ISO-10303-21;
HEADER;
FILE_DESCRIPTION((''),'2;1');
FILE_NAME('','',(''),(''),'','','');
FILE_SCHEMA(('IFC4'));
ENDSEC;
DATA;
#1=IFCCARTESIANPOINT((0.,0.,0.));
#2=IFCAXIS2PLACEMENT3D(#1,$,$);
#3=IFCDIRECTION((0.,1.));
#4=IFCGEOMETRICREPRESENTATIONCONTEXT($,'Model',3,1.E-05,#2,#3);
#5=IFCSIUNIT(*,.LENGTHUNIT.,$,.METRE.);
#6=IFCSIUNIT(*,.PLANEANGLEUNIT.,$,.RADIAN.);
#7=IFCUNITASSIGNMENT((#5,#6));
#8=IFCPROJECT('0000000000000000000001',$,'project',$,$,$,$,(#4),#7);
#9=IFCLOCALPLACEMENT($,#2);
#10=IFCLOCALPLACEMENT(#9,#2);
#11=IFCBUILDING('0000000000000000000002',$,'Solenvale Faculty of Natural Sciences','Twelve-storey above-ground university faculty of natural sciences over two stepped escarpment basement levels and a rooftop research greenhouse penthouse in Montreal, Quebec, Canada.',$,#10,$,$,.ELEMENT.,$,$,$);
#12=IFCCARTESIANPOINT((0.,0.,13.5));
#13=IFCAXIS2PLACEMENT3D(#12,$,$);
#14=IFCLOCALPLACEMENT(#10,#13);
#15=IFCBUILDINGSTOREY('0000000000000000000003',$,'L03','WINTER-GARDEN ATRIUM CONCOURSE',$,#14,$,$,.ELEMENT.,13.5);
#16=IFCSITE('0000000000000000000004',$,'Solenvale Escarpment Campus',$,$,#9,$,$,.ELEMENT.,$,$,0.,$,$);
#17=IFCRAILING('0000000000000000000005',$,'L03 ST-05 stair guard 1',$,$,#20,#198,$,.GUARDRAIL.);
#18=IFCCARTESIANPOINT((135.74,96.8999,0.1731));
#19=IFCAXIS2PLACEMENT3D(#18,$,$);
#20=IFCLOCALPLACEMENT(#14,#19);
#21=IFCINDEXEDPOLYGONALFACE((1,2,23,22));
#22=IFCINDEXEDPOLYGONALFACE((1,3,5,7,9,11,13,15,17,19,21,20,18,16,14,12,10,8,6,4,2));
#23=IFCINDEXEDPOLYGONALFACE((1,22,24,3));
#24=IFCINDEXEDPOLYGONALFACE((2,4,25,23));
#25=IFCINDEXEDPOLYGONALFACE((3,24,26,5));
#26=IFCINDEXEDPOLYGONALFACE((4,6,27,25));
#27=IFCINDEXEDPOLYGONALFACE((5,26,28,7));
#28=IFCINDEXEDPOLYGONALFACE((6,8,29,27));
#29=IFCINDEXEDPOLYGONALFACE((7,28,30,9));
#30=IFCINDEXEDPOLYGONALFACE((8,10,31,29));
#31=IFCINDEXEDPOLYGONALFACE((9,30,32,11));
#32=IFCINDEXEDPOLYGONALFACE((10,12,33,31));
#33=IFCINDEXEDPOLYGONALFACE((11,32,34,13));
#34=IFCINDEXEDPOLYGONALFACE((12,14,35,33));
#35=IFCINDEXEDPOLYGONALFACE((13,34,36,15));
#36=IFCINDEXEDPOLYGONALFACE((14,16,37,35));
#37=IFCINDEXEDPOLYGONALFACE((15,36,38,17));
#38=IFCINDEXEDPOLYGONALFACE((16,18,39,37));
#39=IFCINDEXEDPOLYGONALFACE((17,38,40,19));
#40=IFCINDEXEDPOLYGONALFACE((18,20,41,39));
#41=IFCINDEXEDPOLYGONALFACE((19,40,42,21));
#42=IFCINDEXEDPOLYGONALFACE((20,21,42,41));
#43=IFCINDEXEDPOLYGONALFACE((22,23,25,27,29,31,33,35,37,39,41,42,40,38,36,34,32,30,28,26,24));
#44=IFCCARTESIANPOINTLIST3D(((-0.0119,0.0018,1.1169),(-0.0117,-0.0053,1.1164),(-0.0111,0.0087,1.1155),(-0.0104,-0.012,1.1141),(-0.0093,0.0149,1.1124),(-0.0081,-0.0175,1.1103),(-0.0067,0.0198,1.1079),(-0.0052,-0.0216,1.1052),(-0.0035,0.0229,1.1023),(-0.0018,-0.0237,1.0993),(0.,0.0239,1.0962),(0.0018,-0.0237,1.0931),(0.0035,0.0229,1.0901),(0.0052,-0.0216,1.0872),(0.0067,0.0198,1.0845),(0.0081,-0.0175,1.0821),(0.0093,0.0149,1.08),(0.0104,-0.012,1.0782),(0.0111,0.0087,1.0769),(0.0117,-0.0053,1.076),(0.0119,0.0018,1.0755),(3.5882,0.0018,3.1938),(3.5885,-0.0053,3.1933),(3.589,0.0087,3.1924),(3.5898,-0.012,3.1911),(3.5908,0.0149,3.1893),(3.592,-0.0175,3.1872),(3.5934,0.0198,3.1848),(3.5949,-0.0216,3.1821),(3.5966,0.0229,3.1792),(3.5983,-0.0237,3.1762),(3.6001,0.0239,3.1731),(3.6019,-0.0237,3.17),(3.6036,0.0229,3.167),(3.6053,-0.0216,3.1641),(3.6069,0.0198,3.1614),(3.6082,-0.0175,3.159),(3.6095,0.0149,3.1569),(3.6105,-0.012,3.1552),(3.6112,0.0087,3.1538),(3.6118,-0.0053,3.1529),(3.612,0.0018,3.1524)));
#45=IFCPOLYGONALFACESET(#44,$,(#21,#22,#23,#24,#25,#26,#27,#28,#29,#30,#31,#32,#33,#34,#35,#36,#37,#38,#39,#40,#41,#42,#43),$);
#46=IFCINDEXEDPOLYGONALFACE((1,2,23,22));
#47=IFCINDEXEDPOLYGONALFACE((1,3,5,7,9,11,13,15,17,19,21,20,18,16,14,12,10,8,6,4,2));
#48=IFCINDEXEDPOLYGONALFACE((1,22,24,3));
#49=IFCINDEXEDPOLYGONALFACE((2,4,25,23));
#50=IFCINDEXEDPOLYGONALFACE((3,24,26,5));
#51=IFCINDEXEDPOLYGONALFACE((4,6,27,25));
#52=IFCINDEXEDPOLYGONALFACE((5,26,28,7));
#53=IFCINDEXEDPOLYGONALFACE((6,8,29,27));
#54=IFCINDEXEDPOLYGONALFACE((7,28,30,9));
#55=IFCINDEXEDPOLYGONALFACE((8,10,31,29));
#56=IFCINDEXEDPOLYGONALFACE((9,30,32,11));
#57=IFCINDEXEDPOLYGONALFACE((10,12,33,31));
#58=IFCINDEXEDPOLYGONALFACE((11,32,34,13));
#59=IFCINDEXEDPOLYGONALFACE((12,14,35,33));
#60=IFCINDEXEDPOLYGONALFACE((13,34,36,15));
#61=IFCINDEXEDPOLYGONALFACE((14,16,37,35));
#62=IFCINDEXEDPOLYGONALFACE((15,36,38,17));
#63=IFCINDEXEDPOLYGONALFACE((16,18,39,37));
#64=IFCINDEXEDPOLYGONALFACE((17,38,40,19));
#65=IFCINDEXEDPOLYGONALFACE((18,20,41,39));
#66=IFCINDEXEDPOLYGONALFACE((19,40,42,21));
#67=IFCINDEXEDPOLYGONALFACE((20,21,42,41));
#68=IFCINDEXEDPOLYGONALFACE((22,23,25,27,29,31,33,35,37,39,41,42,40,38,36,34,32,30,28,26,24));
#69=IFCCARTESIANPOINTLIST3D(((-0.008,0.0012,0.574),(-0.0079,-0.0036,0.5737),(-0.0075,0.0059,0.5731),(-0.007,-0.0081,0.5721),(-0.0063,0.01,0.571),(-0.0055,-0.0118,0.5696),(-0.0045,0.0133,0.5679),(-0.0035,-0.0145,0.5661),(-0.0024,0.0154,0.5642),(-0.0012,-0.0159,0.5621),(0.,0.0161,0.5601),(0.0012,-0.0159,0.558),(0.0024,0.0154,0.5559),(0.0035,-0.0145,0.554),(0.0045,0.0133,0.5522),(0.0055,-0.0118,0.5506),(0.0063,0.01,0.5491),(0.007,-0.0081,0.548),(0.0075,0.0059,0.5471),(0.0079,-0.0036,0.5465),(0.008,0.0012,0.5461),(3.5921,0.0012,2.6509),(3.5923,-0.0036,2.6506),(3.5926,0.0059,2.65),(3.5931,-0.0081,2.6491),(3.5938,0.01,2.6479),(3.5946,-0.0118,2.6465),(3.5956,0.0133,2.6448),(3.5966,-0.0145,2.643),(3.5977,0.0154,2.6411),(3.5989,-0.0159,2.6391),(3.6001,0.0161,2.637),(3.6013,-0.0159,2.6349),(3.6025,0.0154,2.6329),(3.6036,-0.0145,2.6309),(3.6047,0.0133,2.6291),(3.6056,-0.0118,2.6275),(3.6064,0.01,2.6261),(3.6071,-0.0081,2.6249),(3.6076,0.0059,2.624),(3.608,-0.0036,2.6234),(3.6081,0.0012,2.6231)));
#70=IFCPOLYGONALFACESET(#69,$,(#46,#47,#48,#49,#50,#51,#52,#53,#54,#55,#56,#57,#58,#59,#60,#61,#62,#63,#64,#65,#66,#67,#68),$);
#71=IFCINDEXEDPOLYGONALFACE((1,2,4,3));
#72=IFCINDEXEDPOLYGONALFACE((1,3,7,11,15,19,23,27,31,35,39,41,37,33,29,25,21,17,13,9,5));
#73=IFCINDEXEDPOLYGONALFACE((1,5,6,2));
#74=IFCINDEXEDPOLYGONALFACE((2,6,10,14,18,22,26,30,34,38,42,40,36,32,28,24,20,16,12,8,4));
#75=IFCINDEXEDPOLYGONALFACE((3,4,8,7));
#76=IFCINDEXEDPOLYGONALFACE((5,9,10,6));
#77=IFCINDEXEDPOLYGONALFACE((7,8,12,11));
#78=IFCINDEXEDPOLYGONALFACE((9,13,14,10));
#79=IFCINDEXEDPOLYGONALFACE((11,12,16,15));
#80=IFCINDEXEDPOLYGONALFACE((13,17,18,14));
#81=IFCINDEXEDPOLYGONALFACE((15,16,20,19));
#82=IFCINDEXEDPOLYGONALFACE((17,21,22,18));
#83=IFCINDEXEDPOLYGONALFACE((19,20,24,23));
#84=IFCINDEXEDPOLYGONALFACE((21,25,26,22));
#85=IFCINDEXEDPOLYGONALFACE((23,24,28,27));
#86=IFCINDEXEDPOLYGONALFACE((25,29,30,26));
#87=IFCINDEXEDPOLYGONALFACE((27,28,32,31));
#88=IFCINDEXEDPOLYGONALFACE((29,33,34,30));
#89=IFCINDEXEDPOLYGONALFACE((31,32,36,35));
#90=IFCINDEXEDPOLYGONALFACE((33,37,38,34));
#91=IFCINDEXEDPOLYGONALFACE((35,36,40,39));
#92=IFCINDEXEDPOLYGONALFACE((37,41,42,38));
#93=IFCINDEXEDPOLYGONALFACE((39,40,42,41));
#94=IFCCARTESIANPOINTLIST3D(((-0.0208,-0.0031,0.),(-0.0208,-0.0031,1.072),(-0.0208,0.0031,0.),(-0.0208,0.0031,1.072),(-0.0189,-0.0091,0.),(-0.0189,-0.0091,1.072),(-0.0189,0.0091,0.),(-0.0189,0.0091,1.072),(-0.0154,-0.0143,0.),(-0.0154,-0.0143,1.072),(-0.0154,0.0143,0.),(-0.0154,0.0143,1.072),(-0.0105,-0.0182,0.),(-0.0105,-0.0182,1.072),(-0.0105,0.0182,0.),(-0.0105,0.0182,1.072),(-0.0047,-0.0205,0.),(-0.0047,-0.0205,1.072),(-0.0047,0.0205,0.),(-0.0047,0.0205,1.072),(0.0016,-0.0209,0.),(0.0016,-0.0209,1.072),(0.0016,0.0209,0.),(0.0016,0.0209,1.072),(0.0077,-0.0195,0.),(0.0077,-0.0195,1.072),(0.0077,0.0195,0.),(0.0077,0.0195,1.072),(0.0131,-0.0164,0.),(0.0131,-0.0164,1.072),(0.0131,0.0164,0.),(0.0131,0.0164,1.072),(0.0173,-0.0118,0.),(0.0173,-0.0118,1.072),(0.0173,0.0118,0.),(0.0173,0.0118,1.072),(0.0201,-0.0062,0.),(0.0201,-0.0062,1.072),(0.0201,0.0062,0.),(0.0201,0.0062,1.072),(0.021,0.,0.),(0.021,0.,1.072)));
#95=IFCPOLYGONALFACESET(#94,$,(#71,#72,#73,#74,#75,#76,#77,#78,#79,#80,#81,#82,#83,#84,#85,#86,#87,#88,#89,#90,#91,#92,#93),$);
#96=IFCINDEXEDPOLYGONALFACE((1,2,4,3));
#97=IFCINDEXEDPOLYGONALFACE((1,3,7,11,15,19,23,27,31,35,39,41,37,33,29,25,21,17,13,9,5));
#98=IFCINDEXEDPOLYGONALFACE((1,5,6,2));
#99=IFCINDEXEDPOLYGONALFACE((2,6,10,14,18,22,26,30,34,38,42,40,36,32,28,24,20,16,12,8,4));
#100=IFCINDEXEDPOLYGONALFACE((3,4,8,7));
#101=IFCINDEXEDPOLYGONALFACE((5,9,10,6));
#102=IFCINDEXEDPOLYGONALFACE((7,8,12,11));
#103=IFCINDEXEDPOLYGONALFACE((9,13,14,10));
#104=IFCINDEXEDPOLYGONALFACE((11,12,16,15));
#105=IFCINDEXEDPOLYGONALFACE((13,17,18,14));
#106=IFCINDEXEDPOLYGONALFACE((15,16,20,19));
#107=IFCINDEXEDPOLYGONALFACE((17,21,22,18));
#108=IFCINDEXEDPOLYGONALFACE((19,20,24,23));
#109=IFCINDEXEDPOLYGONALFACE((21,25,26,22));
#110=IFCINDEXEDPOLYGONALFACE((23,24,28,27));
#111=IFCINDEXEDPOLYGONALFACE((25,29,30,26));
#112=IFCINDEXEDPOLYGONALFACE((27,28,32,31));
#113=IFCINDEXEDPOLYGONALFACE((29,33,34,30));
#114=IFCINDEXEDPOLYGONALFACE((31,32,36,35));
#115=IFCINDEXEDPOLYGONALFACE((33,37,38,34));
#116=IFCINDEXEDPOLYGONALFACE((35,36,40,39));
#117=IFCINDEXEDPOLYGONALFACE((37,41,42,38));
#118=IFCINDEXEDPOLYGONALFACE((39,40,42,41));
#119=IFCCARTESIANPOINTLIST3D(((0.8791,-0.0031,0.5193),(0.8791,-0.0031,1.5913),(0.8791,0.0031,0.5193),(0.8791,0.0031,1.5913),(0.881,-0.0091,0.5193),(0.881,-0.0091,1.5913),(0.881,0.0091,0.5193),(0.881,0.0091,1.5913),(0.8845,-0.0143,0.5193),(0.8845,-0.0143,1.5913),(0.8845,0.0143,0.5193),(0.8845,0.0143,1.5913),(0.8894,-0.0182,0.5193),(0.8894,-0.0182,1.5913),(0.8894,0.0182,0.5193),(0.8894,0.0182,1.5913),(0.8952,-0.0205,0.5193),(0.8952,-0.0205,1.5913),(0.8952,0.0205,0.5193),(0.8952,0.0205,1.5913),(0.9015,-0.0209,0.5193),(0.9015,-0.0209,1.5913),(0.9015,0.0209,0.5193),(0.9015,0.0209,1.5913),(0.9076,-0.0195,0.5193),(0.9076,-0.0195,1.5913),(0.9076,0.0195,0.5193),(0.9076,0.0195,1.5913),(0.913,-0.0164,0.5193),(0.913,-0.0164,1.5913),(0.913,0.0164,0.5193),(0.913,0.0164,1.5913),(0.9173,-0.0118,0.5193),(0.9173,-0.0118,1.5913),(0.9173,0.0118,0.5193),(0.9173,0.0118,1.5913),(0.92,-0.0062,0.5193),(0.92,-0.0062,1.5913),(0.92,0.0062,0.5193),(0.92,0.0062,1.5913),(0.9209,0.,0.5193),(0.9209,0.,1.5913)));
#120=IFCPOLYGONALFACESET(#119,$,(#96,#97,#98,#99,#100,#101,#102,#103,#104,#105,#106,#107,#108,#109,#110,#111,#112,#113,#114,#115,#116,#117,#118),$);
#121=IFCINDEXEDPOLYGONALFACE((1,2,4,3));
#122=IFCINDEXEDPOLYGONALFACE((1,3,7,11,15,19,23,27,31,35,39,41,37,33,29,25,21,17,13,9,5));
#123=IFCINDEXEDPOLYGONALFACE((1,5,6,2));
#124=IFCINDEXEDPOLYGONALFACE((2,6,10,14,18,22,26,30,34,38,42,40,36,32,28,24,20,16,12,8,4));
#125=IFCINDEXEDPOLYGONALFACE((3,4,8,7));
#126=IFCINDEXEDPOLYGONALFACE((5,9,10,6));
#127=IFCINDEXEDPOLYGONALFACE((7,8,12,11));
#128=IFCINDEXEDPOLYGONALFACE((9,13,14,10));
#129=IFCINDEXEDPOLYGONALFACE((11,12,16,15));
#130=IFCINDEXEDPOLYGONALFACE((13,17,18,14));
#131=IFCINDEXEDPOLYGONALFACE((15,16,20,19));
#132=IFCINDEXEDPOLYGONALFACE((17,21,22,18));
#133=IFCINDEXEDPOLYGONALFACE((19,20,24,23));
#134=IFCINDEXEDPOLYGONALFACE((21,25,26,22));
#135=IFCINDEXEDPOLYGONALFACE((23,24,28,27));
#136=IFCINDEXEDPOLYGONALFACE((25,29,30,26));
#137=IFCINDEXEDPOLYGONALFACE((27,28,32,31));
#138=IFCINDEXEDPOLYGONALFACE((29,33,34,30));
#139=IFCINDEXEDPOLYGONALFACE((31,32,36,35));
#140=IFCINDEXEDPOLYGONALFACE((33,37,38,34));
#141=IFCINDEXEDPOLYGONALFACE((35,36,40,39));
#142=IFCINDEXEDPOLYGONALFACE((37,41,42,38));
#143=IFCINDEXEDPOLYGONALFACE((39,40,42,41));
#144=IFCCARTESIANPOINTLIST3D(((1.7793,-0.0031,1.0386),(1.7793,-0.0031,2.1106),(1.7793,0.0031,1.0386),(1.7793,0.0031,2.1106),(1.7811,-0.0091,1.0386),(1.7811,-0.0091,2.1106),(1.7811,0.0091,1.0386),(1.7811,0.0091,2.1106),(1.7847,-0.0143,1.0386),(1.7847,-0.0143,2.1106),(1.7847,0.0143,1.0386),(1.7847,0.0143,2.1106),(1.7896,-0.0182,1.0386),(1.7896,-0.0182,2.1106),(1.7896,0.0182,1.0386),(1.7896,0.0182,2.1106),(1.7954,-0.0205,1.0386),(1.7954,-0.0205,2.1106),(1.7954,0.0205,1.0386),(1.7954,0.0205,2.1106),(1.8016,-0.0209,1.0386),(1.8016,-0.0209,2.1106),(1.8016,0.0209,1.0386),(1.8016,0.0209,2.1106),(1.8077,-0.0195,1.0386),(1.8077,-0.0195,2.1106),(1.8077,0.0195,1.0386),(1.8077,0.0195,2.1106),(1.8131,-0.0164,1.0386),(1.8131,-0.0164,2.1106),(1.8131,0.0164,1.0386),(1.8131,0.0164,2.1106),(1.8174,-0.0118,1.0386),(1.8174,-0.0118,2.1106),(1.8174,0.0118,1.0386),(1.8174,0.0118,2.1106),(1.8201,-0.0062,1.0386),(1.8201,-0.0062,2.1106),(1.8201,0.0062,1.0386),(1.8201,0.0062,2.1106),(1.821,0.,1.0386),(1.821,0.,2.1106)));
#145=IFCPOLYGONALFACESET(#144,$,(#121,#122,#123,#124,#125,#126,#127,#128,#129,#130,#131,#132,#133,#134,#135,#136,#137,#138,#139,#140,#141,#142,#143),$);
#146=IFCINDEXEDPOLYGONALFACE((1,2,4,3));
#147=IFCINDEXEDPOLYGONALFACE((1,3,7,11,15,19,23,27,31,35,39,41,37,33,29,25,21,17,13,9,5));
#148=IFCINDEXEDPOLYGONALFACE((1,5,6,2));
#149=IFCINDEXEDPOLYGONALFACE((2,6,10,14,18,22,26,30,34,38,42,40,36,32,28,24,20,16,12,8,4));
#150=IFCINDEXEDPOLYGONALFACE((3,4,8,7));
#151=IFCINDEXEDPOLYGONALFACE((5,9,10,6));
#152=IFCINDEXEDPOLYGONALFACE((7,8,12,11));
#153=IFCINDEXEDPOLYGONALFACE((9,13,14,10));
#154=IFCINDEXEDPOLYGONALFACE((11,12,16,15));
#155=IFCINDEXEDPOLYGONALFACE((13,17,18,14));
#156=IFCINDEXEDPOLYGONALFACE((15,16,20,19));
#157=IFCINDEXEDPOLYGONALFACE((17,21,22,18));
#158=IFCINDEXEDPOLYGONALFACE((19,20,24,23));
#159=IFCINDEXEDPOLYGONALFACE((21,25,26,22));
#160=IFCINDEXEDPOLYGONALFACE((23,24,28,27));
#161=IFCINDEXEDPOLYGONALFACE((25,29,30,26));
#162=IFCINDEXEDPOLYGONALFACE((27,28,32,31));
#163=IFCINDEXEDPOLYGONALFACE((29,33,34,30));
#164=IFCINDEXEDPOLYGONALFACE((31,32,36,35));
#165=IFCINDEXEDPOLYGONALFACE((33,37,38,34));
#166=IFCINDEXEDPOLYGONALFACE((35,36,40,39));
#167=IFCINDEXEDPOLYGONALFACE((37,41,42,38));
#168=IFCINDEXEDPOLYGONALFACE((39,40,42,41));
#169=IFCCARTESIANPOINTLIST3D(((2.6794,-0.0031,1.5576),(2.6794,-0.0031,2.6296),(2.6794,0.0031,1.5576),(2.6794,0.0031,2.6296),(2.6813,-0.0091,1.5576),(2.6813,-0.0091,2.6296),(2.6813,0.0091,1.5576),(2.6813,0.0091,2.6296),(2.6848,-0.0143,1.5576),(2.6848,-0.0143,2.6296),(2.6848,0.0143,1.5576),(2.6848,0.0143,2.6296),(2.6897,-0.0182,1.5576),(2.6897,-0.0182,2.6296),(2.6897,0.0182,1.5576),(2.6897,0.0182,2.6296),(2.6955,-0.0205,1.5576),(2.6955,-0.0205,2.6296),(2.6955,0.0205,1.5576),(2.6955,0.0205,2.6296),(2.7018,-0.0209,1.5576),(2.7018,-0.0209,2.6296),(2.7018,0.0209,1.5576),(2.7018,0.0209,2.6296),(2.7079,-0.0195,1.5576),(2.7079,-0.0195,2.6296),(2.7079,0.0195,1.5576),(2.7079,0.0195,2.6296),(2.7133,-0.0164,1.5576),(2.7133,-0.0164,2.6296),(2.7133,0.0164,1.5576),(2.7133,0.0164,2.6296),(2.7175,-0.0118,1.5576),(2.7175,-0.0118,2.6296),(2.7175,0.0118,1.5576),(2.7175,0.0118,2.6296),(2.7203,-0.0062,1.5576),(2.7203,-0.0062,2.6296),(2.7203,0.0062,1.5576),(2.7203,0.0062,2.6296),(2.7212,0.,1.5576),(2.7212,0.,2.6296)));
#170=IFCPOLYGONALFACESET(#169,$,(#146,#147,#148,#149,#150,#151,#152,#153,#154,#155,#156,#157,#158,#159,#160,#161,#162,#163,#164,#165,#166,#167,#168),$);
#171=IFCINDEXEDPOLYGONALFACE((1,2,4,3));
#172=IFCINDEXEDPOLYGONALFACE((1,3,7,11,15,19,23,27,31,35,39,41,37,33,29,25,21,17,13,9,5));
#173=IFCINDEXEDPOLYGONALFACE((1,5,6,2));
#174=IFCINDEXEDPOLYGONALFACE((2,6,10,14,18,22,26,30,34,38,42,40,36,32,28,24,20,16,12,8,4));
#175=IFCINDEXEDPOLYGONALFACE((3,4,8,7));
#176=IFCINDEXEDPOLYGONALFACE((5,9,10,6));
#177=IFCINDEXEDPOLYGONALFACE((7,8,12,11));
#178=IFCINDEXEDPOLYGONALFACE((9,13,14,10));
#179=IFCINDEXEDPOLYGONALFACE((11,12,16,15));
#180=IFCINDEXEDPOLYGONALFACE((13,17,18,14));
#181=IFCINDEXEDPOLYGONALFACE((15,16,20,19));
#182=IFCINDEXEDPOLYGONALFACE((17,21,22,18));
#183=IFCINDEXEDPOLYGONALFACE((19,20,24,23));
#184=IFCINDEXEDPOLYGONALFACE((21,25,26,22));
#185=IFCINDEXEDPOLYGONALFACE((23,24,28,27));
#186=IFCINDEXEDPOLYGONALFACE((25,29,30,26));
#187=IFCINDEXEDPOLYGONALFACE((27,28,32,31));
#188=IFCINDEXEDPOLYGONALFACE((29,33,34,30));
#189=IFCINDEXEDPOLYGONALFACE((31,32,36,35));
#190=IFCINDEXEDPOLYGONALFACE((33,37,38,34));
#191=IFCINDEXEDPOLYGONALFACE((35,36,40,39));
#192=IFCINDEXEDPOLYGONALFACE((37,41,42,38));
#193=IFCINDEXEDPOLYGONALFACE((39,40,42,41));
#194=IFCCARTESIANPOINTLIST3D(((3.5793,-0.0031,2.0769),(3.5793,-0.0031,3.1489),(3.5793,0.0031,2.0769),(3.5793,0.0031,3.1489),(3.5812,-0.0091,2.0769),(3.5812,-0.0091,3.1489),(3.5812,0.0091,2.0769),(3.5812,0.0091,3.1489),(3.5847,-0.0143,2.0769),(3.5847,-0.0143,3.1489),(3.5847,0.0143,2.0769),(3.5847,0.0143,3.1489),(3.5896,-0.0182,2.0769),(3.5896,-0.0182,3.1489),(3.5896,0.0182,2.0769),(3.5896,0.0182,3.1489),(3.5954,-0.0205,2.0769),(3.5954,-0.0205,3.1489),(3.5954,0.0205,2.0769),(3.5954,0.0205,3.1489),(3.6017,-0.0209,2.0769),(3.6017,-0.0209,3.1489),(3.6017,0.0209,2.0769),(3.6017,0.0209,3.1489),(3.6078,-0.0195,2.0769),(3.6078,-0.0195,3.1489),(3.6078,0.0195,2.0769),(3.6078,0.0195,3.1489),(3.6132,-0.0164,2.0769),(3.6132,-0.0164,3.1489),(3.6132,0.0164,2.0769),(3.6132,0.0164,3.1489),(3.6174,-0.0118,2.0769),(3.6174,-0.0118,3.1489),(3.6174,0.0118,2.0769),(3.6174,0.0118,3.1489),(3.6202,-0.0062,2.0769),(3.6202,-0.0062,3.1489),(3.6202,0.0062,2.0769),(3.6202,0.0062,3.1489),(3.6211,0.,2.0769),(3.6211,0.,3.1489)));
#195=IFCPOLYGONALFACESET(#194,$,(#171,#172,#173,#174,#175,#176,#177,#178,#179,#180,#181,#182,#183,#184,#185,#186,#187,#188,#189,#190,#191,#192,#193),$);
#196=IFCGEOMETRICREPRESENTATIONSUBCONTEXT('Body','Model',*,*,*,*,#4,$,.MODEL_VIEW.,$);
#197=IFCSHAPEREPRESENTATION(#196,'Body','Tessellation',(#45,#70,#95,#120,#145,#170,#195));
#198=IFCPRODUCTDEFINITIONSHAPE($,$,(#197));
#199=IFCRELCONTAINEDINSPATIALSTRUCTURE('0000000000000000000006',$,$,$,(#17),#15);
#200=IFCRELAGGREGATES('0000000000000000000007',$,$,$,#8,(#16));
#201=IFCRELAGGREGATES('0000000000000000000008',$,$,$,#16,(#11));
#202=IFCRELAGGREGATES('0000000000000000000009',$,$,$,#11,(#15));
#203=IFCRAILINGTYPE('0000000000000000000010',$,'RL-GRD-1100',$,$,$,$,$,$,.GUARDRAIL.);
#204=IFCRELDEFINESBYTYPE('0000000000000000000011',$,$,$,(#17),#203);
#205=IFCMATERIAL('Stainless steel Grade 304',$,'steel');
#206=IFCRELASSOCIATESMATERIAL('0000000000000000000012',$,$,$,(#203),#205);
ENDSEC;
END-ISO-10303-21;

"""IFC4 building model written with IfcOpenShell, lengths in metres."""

from ifc_helpers import new_model, si_unit, direction, frame, origin, origin_2d, place, context, subcontext, project, spatial, circle, extrude, material, type_object, element, save


model = new_model("IFC4")

# Units and contexts
model_context = context("Model", 3, precision=1e-05, world=origin(), true_north=direction((0.0, 1.0)))
body_context = subcontext(model_context, "Body", "Model", "MODEL_VIEW")
ifc_project = project(units=[si_unit("LENGTHUNIT", "METRE"), si_unit("PLANEANGLEUNIT", "RADIAN")], contexts=[model_context])

# Site, building, storey
site_placement = place(None, origin())
site = spatial("IfcSite", under=ifc_project, at=site_placement, Name="Solenvale Escarpment Campus", CompositionType="ELEMENT", RefElevation=0.0)
building_placement = place(site_placement, origin())
building = spatial("IfcBuilding", under=site, at=building_placement, Name="Solenvale Faculty of Natural Sciences", Description="Twelve-storey above-ground university faculty of natural sciences over two stepped escarpment basement levels and a rooftop research greenhouse penthouse in Montreal, Quebec, Canada.", CompositionType="ELEMENT")
storey_placement = place(building_placement, frame((0.0, 0.0, 13.5)))
storey = spatial("IfcBuildingStorey", under=building, at=storey_placement, Name="L03", Description="WINTER-GARDEN ATRIUM CONCOURSE", CompositionType="ELEMENT", Elevation=13.5)

# Shared definitions
ifc_material_1 = material(Name="Stainless steel Grade 304", Category="steel")

# Railing
railing_type_1 = type_object("IfcRailingType", Name="RL-GRD-1100", PredefinedType="GUARDRAIL", material=ifc_material_1)
railing_1_placement = place(storey_placement, frame((135.74, 96.8999, 0.1731)))
element("IfcRailing", 1, at=railing_1_placement, inside=storey, type_object=railing_type_1, Name="L03 ST-05 stair guard 1", PredefinedType="GUARDRAIL", context=body_context, shape_type="SweptSolid", body=[
    extrude(circle(Radius=0.0239, at=origin_2d()), frame((0.0, 0.0, 1.0962), z_axis=(0.866193, 0.0, 0.499709), x_axis=(0.0, 1.0, 0.0)), (0.0, 0.0, 1.0), 4.1562),
    extrude(circle(Radius=0.0161, at=origin_2d()), frame((0.0, 0.0, 0.5601), z_axis=(0.866193, 0.0, 0.499709), x_axis=(0.0, 1.0, 0.0)), (0.0, 0.0, 1.0), 4.1562),
    extrude(circle(Radius=0.021, at=origin_2d()), origin(), (0.0, 0.0, 1.0), 1.072),
    extrude(circle(Radius=0.021, at=origin_2d()), frame((0.8999, 0.0, 0.5193)), (0.0, 0.0, 1.0), 1.072),
    extrude(circle(Radius=0.021, at=origin_2d()), frame((1.8, 0.0, 1.0386)), (0.0, 0.0, 1.0), 1.072),
    extrude(circle(Radius=0.021, at=origin_2d()), frame((2.7002, 0.0, 1.5576)), (0.0, 0.0, 1.0), 1.072),
    extrude(circle(Radius=0.021, at=origin_2d()), frame((3.6001, 0.0, 2.0769)), (0.0, 0.0, 1.0), 1.072),
])

save(model, "model.ifc")
